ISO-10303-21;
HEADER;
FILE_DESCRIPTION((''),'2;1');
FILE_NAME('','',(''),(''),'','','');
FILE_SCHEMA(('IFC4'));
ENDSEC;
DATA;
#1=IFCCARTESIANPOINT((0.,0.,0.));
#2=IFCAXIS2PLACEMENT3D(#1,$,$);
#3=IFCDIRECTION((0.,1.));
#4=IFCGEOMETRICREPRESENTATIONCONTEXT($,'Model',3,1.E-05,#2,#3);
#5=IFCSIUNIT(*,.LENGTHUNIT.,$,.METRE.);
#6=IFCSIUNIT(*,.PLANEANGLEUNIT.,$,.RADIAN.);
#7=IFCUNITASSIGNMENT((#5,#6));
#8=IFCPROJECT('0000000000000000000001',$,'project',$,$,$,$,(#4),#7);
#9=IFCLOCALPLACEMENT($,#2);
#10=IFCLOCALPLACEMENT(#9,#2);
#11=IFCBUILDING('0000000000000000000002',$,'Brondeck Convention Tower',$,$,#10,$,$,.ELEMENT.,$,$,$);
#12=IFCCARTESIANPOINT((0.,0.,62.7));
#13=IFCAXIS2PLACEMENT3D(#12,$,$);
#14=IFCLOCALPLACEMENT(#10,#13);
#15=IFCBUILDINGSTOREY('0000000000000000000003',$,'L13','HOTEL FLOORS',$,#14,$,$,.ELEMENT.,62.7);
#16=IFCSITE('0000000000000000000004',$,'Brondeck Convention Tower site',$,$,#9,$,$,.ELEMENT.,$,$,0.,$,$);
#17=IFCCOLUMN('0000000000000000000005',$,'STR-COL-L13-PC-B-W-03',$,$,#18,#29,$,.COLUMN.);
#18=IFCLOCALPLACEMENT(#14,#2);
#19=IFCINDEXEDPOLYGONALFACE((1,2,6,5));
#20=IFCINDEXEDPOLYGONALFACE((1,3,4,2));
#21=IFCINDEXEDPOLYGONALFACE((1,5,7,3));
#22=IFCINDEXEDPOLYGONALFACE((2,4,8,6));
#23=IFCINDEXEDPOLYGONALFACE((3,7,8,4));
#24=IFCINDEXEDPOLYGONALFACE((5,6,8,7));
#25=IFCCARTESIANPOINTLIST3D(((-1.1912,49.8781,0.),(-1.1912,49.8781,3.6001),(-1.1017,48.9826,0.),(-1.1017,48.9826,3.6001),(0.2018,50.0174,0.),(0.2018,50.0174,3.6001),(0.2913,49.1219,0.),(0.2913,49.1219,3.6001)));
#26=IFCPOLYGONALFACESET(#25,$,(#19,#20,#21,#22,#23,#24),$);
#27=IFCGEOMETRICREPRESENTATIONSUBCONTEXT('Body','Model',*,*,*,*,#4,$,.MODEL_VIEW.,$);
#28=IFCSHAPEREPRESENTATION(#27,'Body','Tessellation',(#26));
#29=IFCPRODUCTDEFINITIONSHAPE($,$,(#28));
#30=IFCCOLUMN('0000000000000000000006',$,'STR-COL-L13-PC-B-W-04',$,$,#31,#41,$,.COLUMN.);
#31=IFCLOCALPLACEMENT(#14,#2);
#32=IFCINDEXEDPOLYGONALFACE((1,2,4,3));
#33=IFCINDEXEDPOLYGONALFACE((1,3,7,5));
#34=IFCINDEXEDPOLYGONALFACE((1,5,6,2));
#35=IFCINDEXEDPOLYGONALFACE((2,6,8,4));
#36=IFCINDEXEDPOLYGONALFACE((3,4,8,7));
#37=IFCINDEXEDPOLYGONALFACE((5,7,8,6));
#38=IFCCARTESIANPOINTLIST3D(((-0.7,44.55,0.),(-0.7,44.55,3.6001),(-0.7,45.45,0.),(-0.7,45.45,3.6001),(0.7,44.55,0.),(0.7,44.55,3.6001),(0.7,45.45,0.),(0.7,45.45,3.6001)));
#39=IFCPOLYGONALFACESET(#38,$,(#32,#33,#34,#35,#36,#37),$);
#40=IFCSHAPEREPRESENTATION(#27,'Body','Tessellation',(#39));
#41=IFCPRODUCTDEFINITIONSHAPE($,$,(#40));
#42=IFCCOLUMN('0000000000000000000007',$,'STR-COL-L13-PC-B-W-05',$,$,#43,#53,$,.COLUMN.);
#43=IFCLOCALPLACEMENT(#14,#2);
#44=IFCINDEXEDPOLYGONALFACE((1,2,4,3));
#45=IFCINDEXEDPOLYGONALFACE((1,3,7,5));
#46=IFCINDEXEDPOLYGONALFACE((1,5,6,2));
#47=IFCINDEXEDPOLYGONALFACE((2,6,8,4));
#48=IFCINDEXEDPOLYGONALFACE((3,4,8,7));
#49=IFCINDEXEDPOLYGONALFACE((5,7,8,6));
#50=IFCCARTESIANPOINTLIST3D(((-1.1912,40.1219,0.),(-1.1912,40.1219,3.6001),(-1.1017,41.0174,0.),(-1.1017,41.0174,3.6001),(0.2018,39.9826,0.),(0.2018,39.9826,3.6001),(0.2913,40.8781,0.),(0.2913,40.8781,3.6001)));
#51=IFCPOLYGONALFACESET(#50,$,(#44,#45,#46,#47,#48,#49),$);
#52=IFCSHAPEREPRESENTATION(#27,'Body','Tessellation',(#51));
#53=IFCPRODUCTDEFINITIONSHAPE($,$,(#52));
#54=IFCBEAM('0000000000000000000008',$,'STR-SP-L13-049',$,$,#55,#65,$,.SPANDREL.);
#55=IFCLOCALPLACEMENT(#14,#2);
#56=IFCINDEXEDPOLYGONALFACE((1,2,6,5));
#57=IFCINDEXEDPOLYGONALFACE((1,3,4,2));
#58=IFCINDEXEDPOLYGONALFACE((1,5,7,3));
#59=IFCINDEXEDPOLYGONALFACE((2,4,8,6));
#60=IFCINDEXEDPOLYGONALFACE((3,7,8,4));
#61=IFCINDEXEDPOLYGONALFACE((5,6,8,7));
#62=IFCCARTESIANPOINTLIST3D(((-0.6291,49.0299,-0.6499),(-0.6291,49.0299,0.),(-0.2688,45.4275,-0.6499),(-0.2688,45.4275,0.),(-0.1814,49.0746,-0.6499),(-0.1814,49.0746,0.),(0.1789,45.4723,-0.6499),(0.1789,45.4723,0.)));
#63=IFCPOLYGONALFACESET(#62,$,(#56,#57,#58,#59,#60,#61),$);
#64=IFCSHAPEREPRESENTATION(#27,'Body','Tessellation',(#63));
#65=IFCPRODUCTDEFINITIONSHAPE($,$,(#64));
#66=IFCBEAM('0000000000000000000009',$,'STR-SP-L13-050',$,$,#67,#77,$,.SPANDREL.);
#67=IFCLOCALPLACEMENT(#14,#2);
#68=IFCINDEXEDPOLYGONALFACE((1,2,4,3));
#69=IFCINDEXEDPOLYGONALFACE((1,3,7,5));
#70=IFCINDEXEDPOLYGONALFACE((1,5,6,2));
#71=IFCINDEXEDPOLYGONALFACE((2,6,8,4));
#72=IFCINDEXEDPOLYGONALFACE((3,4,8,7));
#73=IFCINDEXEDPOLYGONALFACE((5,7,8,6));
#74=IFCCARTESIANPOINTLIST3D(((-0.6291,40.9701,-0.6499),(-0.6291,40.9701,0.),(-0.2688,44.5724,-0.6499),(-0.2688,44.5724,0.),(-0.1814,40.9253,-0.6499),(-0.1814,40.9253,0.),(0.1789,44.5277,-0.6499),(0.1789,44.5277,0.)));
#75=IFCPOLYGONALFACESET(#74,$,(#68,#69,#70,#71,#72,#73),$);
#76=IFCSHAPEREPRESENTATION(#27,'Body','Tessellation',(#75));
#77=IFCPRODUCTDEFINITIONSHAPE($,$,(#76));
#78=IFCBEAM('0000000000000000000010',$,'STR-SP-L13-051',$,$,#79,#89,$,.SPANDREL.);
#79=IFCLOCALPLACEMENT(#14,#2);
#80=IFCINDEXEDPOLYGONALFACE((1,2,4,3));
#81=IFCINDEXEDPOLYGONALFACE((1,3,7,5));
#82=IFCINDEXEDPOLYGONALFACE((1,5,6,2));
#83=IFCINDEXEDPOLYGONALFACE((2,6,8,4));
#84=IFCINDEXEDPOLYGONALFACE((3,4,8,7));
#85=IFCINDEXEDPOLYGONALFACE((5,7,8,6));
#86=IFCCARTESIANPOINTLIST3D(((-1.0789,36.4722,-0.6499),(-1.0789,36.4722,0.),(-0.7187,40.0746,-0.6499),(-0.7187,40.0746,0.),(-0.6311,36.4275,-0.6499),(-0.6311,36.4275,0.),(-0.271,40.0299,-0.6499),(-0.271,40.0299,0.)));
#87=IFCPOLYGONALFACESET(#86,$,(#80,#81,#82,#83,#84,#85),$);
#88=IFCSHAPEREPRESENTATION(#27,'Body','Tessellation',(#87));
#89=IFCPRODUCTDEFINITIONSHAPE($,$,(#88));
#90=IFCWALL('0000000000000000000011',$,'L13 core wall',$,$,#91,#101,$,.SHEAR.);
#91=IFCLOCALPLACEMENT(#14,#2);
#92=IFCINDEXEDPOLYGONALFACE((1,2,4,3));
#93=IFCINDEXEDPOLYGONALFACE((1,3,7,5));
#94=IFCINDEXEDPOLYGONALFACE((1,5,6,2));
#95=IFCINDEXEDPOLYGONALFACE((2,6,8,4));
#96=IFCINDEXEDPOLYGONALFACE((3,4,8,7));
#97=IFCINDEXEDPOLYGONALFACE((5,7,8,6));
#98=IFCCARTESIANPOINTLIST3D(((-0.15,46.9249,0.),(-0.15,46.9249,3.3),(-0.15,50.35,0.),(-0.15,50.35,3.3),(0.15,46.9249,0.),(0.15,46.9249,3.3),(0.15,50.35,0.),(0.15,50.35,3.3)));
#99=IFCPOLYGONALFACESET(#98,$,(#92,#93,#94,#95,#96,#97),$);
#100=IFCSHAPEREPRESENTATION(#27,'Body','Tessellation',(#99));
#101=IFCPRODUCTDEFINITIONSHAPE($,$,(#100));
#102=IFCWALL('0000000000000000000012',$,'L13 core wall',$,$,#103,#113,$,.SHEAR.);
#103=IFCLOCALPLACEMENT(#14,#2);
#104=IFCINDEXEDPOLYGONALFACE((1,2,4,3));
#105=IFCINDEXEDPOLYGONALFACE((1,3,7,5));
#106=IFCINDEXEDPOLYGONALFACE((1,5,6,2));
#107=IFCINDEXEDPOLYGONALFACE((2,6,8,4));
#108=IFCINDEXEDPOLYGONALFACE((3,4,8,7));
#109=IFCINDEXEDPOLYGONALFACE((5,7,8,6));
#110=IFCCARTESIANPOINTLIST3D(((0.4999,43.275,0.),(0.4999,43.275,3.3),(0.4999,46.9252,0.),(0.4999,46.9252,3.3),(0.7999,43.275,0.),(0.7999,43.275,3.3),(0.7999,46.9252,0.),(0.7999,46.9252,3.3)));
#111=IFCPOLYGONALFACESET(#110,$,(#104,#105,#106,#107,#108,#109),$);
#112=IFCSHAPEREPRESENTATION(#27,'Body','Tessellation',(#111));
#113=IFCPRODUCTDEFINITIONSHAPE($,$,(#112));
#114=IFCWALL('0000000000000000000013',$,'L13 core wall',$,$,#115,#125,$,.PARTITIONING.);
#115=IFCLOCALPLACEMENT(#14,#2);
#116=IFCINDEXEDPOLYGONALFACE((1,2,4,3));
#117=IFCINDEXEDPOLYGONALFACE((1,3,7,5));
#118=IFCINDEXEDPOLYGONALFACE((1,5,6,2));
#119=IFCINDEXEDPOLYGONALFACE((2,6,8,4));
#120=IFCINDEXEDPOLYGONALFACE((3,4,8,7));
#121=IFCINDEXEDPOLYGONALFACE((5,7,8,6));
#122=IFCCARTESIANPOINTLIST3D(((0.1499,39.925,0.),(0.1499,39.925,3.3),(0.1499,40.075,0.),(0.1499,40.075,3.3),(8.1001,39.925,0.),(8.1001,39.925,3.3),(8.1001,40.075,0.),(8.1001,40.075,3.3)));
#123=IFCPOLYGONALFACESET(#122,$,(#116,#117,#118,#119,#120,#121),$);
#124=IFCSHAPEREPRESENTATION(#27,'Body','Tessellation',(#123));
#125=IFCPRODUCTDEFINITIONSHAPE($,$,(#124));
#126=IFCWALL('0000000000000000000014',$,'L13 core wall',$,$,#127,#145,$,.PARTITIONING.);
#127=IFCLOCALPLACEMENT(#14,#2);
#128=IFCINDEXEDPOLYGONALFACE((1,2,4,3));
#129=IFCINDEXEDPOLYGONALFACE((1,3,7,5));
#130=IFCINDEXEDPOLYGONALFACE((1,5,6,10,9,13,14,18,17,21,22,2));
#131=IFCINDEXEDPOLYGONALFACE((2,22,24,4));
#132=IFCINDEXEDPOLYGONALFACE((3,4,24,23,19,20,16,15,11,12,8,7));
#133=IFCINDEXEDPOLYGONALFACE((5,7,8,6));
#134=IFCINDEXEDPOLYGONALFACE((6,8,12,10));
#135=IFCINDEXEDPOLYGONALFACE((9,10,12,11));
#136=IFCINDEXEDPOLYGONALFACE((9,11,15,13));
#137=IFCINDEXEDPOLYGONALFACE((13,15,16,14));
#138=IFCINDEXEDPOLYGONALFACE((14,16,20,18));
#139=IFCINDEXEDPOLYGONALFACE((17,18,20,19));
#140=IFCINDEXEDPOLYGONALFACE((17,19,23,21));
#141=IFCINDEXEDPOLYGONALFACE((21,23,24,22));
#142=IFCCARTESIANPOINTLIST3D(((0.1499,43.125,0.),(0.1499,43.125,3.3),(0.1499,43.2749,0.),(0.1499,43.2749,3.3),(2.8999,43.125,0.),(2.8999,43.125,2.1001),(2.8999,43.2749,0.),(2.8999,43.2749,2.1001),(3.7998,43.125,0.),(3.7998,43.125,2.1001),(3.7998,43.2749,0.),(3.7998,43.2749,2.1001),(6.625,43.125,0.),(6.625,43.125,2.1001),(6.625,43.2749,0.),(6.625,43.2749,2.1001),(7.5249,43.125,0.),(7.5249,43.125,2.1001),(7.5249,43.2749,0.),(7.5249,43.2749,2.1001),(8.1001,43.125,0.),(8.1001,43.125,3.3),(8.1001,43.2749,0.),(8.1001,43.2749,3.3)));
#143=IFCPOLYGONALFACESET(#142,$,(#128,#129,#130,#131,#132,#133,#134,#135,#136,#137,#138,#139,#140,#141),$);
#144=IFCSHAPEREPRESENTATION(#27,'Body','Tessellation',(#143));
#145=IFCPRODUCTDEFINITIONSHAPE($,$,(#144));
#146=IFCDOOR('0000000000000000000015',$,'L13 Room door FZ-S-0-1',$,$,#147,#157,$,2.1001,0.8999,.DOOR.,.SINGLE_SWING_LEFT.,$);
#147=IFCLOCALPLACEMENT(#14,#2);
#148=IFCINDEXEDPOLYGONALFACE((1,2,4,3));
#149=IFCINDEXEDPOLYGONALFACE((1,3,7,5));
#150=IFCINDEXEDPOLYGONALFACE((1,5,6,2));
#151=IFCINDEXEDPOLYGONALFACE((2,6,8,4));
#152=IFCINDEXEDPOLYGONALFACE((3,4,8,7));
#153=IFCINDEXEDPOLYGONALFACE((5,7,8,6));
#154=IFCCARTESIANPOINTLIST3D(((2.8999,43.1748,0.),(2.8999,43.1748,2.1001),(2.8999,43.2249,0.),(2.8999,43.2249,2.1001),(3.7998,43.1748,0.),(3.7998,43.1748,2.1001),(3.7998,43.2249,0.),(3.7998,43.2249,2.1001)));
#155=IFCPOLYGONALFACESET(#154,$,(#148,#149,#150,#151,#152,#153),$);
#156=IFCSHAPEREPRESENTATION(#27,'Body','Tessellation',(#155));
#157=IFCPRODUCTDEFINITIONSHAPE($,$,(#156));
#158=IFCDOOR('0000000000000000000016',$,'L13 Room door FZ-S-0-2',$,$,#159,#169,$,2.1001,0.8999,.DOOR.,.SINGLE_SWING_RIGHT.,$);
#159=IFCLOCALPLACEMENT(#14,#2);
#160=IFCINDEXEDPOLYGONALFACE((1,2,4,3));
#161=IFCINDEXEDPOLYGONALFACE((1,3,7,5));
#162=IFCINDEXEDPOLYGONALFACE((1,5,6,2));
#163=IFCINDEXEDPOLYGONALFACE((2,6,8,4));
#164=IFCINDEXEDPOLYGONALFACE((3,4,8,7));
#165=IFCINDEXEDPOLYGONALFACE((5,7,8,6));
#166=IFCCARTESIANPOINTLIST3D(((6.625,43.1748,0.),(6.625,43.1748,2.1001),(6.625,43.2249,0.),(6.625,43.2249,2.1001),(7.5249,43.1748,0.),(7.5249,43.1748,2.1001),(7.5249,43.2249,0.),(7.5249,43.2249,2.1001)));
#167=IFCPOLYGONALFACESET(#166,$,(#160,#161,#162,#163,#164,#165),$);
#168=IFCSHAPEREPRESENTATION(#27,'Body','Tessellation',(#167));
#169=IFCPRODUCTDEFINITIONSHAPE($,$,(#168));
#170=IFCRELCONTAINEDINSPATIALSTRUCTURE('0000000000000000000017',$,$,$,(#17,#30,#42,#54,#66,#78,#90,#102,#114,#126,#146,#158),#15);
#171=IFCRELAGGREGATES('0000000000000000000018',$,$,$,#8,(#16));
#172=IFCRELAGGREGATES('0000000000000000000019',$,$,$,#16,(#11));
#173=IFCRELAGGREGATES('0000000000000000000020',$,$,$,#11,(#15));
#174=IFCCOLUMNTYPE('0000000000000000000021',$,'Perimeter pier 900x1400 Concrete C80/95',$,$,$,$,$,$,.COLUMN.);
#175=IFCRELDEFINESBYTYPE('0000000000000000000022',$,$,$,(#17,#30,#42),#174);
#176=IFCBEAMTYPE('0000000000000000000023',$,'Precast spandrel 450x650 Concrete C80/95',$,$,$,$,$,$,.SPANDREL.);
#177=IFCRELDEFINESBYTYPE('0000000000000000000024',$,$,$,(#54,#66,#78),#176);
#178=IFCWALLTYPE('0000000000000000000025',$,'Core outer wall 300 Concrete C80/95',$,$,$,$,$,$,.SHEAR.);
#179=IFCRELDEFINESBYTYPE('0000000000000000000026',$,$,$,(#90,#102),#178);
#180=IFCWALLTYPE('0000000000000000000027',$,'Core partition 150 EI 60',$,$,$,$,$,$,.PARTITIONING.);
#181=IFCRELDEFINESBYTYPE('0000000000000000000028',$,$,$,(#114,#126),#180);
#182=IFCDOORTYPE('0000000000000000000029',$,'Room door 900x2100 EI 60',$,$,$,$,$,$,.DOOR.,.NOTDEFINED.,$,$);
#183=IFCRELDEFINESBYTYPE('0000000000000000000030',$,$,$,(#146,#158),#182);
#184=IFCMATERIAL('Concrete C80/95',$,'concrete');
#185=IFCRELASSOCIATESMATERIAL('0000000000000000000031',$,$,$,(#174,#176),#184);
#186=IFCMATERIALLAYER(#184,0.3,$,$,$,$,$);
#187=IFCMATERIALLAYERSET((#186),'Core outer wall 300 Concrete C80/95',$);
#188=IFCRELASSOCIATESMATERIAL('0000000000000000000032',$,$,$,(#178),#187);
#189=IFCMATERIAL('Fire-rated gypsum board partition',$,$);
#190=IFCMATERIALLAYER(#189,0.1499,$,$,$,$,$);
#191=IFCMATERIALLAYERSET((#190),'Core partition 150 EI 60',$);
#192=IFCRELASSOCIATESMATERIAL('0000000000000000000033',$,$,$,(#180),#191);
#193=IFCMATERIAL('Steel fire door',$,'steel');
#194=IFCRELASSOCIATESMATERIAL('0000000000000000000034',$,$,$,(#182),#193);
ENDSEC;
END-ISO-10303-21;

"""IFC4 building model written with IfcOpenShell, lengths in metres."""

from ifc_helpers import new_model, si_unit, direction, frame, frame_2d, origin, origin_2d, place, context, subcontext, project, spatial, rectangle, extrude, material, layer, layer_set, material_profile, profile_set, type_object, element, fill, save


model = new_model("IFC4")

# Units and contexts
model_context = context("Model", 3, precision=1e-05, world=origin(), true_north=direction((0.0, 1.0)))
body_context = subcontext(model_context, "Body", "Model", "MODEL_VIEW")
ifc_project = project(units=[si_unit("LENGTHUNIT", "METRE"), si_unit("PLANEANGLEUNIT", "RADIAN")], contexts=[model_context])

# Site, building, storey
site_placement = place(None, origin())
site = spatial("IfcSite", under=ifc_project, at=site_placement, Name="Brondeck Convention Tower site", CompositionType="ELEMENT", RefElevation=0.0)
building_placement = place(site_placement, origin())
building = spatial("IfcBuilding", under=site, at=building_placement, Name="Brondeck Convention Tower", CompositionType="ELEMENT")
storey_placement = place(building_placement, frame((0.0, 0.0, 62.7)))
storey = spatial("IfcBuildingStorey", under=building, at=storey_placement, Name="L13", Description="HOTEL FLOORS", CompositionType="ELEMENT", Elevation=62.7)

# Columns
ifc_material_1 = material(Name="Concrete C80/95", Category="concrete")
ifc_material_profile_1 = material_profile(ifc_material_1, rectangle(XDim=0.8999, YDim=1.3999, at=origin_2d()), Name="Perimeter pier 900x1400 Concrete C80/95")
ifc_profile_set_1 = profile_set([ifc_material_profile_1], Name="Concrete C80/95")
column_type = type_object("IfcColumnType", Name="Perimeter pier 900x1400 Concrete C80/95", PredefinedType="COLUMN", material=ifc_profile_set_1)
for number, where, z_axis, x_axis, name in (
    (1, (-0.45, 49.5, 0.0), (0.0, 0.0, 1.0), (0.099504, -0.995037, 0.0), "STR-COL-L13-PC-B-W-03"),
    (2, (0.0, 45.0, 0.0), (0.0, 0.0, 1.0), (0.0, -1.0, 0.0), "STR-COL-L13-PC-B-W-04"),
    (3, (-0.45, 40.5, 0.0), (0.0, 0.0, 1.0), (-0.099504, -0.995037, 0.0), "STR-COL-L13-PC-B-W-05"),
):
    element("IfcColumn", number, at=place(storey_placement, frame(where, z_axis=z_axis, x_axis=x_axis)), inside=storey, type_object=column_type, Name=name, PredefinedType="COLUMN", context=body_context, shape_type="SweptSolid", body=[
        extrude(rectangle(XDim=0.8999, YDim=1.3999, at=origin_2d()), origin(), (0.0, 0.0, 1.0), 3.6001),
    ])

# Beams
ifc_material_profile_2 = material_profile(ifc_material_1, rectangle(XDim=0.45, YDim=0.6499, at=origin_2d()), Name="Precast spandrel 450x650 Concrete C80/95")
ifc_profile_set_2 = profile_set([ifc_material_profile_2], Name="Concrete C80/95")
beam_type = type_object("IfcBeamType", Name="Precast spandrel 450x650 Concrete C80/95", PredefinedType="SPANDREL", material=ifc_profile_set_2)
for number, where, z_axis, x_axis, name in (
    (4, (-0.4053, 49.0522, -0.325), (0.099537, -0.995034, 0.0), (0.995034, 0.099537, 0.0), "STR-SP-L13-049"),
    (5, (-0.0449, 44.55, -0.325), (-0.099537, -0.995034, 0.0), (0.995034, -0.099537, 0.0), "STR-SP-L13-050"),
    (6, (-0.4949, 40.0522, -0.325), (-0.09947, -0.995041, 0.0), (0.995041, -0.09947, 0.0), "STR-SP-L13-051"),
):
    element("IfcBeam", number, at=place(storey_placement, frame(where, z_axis=z_axis, x_axis=x_axis)), inside=storey, type_object=beam_type, Name=name, PredefinedType="SPANDREL", context=body_context, shape_type="SweptSolid", body=[
        extrude(rectangle(XDim=0.45, YDim=0.6499, at=origin_2d()), origin(), (0.0, 0.0, 1.0), 3.6204),
    ])

# Walls
ifc_layer_1 = layer(ifc_material_1, 0.3)
ifc_layer_set_1 = layer_set([ifc_layer_1], Name="Core outer wall 300 Concrete C80/95")
wall_type_1 = type_object("IfcWallType", Name="Core outer wall 300 Concrete C80/95", PredefinedType="SHEAR", material=ifc_layer_set_1)
wall_1_placement = place(storey_placement, frame((0.0, 46.925, 0.0), z_axis=(0.0, 0.0, 1.0), x_axis=(0.0, 1.0, 0.0)))
element("IfcWall", 7, at=wall_1_placement, inside=storey, type_object=wall_type_1, Name="L13 core wall", PredefinedType="SHEAR", context=body_context, shape_type="SweptSolid", body=[
    extrude(rectangle(XDim=3.425, YDim=0.3, at=frame_2d((1.7124, 0.0))), origin(), (0.0, 0.0, 1.0), 3.3),
])
wall_2_placement = place(storey_placement, frame((0.6499, 43.2749, 0.0), z_axis=(0.0, 0.0, 1.0), x_axis=(0.0, 1.0, 0.0)))
element("IfcWall", 8, at=wall_2_placement, inside=storey, type_object=wall_type_1, Name="L13 core wall", PredefinedType="SHEAR", context=body_context, shape_type="SweptSolid", body=[
    extrude(rectangle(XDim=3.6501, YDim=0.3, at=frame_2d((1.8252, 0.0))), origin(), (0.0, 0.0, 1.0), 3.3),
])
ifc_material_2 = material(Name="Fire-rated gypsum board partition")
ifc_layer_2 = layer(ifc_material_2, 0.1499)
ifc_layer_set_2 = layer_set([ifc_layer_2], Name="Core partition 150 EI 60")
wall_type_2 = type_object("IfcWallType", Name="Core partition 150 EI 60", PredefinedType="PARTITIONING", material=ifc_layer_set_2)
wall_3_placement = place(storey_placement, frame((0.1499, 40.0, 0.0), z_axis=(0.0, 0.0, 1.0), x_axis=(1.0, 0.0, 0.0)))
element("IfcWall", 9, at=wall_3_placement, inside=storey, type_object=wall_type_2, Name="L13 core wall", PredefinedType="PARTITIONING", context=body_context, shape_type="SweptSolid", body=[
    extrude(rectangle(XDim=7.9502, YDim=0.1499, at=frame_2d((3.9751, 0.0))), origin(), (0.0, 0.0, 1.0), 3.3),
])

# Wall, openings, doors
wall_4_placement = place(storey_placement, frame((0.1499, 43.2, 0.0), z_axis=(0.0, 0.0, 1.0), x_axis=(1.0, 0.0, 0.0)))
wall_4 = element("IfcWall", 10, at=wall_4_placement, inside=storey, type_object=wall_type_2, Name="L13 core wall", PredefinedType="PARTITIONING", context=body_context, shape_type="SweptSolid", body=[
    extrude(rectangle(XDim=7.9502, YDim=0.1499, at=frame_2d((3.9751, 0.0))), origin(), (0.0, 0.0, 1.0), 3.3),
])
opening_1_placement = place(wall_4_placement, frame((2.75, 0.0, 0.0)))
opening_1 = element("IfcOpeningElement", 11, at=opening_1_placement, cuts=wall_4, PredefinedType="OPENING", context=body_context, shape_type="SweptSolid", body=[
    extrude(rectangle(XDim=0.8999, YDim=2.1001, at=frame_2d((0.45, 1.05))), frame((0.0, 0.085, 0.0), z_axis=(0.0, -1.0, 0.0), x_axis=(1.0, 0.0, 0.0)), (0.0, 0.0, 1.0), 0.1699),
])
opening_2_placement = place(wall_4_placement, frame((6.4751, 0.0, 0.0)))
opening_2 = element("IfcOpeningElement", 12, at=opening_2_placement, cuts=wall_4, PredefinedType="OPENING", context=body_context, shape_type="SweptSolid", body=[
    extrude(rectangle(XDim=0.8999, YDim=2.1001, at=frame_2d((0.45, 1.05))), frame((0.0, 0.085, 0.0), z_axis=(0.0, -1.0, 0.0), x_axis=(1.0, 0.0, 0.0)), (0.0, 0.0, 1.0), 0.1699),
])
ifc_material_3 = material(Name="Steel fire door", Category="steel")
door_type = type_object("IfcDoorType", Name="Room door 900x2100 EI 60", OperationType="NOTDEFINED", PredefinedType="DOOR", material=ifc_material_3)
door_1_placement = place(opening_1_placement, origin())
door_1 = element("IfcDoor", 13, at=door_1_placement, inside=storey, type_object=door_type, Name="L13 Room door FZ-S-0-1", OperationType="SINGLE_SWING_LEFT", OverallHeight=2.1001, OverallWidth=0.8999, PredefinedType="DOOR", context=body_context, shape_type="SweptSolid", body=[
    extrude(rectangle(XDim=0.8999, YDim=2.1001, at=frame_2d((0.45, 1.05))), frame((0.0, 0.0249, 0.0), z_axis=(0.0, -1.0, 0.0), x_axis=(1.0, 0.0, 0.0)), (0.0, 0.0, 1.0), 0.05),
])
fill(opening_1, door_1)
door_2_placement = place(opening_2_placement, origin())
door_2 = element("IfcDoor", 14, at=door_2_placement, inside=storey, type_object=door_type, Name="L13 Room door FZ-S-0-2", OperationType="SINGLE_SWING_RIGHT", OverallHeight=2.1001, OverallWidth=0.8999, PredefinedType="DOOR", context=body_context, shape_type="SweptSolid", body=[
    extrude(rectangle(XDim=0.8999, YDim=2.1001, at=frame_2d((0.45, 1.05))), frame((0.0, 0.0249, 0.0), z_axis=(0.0, -1.0, 0.0), x_axis=(1.0, 0.0, 0.0)), (0.0, 0.0, 1.0), 0.05),
])
fill(opening_2, door_2)

save(model, "model.ifc")
